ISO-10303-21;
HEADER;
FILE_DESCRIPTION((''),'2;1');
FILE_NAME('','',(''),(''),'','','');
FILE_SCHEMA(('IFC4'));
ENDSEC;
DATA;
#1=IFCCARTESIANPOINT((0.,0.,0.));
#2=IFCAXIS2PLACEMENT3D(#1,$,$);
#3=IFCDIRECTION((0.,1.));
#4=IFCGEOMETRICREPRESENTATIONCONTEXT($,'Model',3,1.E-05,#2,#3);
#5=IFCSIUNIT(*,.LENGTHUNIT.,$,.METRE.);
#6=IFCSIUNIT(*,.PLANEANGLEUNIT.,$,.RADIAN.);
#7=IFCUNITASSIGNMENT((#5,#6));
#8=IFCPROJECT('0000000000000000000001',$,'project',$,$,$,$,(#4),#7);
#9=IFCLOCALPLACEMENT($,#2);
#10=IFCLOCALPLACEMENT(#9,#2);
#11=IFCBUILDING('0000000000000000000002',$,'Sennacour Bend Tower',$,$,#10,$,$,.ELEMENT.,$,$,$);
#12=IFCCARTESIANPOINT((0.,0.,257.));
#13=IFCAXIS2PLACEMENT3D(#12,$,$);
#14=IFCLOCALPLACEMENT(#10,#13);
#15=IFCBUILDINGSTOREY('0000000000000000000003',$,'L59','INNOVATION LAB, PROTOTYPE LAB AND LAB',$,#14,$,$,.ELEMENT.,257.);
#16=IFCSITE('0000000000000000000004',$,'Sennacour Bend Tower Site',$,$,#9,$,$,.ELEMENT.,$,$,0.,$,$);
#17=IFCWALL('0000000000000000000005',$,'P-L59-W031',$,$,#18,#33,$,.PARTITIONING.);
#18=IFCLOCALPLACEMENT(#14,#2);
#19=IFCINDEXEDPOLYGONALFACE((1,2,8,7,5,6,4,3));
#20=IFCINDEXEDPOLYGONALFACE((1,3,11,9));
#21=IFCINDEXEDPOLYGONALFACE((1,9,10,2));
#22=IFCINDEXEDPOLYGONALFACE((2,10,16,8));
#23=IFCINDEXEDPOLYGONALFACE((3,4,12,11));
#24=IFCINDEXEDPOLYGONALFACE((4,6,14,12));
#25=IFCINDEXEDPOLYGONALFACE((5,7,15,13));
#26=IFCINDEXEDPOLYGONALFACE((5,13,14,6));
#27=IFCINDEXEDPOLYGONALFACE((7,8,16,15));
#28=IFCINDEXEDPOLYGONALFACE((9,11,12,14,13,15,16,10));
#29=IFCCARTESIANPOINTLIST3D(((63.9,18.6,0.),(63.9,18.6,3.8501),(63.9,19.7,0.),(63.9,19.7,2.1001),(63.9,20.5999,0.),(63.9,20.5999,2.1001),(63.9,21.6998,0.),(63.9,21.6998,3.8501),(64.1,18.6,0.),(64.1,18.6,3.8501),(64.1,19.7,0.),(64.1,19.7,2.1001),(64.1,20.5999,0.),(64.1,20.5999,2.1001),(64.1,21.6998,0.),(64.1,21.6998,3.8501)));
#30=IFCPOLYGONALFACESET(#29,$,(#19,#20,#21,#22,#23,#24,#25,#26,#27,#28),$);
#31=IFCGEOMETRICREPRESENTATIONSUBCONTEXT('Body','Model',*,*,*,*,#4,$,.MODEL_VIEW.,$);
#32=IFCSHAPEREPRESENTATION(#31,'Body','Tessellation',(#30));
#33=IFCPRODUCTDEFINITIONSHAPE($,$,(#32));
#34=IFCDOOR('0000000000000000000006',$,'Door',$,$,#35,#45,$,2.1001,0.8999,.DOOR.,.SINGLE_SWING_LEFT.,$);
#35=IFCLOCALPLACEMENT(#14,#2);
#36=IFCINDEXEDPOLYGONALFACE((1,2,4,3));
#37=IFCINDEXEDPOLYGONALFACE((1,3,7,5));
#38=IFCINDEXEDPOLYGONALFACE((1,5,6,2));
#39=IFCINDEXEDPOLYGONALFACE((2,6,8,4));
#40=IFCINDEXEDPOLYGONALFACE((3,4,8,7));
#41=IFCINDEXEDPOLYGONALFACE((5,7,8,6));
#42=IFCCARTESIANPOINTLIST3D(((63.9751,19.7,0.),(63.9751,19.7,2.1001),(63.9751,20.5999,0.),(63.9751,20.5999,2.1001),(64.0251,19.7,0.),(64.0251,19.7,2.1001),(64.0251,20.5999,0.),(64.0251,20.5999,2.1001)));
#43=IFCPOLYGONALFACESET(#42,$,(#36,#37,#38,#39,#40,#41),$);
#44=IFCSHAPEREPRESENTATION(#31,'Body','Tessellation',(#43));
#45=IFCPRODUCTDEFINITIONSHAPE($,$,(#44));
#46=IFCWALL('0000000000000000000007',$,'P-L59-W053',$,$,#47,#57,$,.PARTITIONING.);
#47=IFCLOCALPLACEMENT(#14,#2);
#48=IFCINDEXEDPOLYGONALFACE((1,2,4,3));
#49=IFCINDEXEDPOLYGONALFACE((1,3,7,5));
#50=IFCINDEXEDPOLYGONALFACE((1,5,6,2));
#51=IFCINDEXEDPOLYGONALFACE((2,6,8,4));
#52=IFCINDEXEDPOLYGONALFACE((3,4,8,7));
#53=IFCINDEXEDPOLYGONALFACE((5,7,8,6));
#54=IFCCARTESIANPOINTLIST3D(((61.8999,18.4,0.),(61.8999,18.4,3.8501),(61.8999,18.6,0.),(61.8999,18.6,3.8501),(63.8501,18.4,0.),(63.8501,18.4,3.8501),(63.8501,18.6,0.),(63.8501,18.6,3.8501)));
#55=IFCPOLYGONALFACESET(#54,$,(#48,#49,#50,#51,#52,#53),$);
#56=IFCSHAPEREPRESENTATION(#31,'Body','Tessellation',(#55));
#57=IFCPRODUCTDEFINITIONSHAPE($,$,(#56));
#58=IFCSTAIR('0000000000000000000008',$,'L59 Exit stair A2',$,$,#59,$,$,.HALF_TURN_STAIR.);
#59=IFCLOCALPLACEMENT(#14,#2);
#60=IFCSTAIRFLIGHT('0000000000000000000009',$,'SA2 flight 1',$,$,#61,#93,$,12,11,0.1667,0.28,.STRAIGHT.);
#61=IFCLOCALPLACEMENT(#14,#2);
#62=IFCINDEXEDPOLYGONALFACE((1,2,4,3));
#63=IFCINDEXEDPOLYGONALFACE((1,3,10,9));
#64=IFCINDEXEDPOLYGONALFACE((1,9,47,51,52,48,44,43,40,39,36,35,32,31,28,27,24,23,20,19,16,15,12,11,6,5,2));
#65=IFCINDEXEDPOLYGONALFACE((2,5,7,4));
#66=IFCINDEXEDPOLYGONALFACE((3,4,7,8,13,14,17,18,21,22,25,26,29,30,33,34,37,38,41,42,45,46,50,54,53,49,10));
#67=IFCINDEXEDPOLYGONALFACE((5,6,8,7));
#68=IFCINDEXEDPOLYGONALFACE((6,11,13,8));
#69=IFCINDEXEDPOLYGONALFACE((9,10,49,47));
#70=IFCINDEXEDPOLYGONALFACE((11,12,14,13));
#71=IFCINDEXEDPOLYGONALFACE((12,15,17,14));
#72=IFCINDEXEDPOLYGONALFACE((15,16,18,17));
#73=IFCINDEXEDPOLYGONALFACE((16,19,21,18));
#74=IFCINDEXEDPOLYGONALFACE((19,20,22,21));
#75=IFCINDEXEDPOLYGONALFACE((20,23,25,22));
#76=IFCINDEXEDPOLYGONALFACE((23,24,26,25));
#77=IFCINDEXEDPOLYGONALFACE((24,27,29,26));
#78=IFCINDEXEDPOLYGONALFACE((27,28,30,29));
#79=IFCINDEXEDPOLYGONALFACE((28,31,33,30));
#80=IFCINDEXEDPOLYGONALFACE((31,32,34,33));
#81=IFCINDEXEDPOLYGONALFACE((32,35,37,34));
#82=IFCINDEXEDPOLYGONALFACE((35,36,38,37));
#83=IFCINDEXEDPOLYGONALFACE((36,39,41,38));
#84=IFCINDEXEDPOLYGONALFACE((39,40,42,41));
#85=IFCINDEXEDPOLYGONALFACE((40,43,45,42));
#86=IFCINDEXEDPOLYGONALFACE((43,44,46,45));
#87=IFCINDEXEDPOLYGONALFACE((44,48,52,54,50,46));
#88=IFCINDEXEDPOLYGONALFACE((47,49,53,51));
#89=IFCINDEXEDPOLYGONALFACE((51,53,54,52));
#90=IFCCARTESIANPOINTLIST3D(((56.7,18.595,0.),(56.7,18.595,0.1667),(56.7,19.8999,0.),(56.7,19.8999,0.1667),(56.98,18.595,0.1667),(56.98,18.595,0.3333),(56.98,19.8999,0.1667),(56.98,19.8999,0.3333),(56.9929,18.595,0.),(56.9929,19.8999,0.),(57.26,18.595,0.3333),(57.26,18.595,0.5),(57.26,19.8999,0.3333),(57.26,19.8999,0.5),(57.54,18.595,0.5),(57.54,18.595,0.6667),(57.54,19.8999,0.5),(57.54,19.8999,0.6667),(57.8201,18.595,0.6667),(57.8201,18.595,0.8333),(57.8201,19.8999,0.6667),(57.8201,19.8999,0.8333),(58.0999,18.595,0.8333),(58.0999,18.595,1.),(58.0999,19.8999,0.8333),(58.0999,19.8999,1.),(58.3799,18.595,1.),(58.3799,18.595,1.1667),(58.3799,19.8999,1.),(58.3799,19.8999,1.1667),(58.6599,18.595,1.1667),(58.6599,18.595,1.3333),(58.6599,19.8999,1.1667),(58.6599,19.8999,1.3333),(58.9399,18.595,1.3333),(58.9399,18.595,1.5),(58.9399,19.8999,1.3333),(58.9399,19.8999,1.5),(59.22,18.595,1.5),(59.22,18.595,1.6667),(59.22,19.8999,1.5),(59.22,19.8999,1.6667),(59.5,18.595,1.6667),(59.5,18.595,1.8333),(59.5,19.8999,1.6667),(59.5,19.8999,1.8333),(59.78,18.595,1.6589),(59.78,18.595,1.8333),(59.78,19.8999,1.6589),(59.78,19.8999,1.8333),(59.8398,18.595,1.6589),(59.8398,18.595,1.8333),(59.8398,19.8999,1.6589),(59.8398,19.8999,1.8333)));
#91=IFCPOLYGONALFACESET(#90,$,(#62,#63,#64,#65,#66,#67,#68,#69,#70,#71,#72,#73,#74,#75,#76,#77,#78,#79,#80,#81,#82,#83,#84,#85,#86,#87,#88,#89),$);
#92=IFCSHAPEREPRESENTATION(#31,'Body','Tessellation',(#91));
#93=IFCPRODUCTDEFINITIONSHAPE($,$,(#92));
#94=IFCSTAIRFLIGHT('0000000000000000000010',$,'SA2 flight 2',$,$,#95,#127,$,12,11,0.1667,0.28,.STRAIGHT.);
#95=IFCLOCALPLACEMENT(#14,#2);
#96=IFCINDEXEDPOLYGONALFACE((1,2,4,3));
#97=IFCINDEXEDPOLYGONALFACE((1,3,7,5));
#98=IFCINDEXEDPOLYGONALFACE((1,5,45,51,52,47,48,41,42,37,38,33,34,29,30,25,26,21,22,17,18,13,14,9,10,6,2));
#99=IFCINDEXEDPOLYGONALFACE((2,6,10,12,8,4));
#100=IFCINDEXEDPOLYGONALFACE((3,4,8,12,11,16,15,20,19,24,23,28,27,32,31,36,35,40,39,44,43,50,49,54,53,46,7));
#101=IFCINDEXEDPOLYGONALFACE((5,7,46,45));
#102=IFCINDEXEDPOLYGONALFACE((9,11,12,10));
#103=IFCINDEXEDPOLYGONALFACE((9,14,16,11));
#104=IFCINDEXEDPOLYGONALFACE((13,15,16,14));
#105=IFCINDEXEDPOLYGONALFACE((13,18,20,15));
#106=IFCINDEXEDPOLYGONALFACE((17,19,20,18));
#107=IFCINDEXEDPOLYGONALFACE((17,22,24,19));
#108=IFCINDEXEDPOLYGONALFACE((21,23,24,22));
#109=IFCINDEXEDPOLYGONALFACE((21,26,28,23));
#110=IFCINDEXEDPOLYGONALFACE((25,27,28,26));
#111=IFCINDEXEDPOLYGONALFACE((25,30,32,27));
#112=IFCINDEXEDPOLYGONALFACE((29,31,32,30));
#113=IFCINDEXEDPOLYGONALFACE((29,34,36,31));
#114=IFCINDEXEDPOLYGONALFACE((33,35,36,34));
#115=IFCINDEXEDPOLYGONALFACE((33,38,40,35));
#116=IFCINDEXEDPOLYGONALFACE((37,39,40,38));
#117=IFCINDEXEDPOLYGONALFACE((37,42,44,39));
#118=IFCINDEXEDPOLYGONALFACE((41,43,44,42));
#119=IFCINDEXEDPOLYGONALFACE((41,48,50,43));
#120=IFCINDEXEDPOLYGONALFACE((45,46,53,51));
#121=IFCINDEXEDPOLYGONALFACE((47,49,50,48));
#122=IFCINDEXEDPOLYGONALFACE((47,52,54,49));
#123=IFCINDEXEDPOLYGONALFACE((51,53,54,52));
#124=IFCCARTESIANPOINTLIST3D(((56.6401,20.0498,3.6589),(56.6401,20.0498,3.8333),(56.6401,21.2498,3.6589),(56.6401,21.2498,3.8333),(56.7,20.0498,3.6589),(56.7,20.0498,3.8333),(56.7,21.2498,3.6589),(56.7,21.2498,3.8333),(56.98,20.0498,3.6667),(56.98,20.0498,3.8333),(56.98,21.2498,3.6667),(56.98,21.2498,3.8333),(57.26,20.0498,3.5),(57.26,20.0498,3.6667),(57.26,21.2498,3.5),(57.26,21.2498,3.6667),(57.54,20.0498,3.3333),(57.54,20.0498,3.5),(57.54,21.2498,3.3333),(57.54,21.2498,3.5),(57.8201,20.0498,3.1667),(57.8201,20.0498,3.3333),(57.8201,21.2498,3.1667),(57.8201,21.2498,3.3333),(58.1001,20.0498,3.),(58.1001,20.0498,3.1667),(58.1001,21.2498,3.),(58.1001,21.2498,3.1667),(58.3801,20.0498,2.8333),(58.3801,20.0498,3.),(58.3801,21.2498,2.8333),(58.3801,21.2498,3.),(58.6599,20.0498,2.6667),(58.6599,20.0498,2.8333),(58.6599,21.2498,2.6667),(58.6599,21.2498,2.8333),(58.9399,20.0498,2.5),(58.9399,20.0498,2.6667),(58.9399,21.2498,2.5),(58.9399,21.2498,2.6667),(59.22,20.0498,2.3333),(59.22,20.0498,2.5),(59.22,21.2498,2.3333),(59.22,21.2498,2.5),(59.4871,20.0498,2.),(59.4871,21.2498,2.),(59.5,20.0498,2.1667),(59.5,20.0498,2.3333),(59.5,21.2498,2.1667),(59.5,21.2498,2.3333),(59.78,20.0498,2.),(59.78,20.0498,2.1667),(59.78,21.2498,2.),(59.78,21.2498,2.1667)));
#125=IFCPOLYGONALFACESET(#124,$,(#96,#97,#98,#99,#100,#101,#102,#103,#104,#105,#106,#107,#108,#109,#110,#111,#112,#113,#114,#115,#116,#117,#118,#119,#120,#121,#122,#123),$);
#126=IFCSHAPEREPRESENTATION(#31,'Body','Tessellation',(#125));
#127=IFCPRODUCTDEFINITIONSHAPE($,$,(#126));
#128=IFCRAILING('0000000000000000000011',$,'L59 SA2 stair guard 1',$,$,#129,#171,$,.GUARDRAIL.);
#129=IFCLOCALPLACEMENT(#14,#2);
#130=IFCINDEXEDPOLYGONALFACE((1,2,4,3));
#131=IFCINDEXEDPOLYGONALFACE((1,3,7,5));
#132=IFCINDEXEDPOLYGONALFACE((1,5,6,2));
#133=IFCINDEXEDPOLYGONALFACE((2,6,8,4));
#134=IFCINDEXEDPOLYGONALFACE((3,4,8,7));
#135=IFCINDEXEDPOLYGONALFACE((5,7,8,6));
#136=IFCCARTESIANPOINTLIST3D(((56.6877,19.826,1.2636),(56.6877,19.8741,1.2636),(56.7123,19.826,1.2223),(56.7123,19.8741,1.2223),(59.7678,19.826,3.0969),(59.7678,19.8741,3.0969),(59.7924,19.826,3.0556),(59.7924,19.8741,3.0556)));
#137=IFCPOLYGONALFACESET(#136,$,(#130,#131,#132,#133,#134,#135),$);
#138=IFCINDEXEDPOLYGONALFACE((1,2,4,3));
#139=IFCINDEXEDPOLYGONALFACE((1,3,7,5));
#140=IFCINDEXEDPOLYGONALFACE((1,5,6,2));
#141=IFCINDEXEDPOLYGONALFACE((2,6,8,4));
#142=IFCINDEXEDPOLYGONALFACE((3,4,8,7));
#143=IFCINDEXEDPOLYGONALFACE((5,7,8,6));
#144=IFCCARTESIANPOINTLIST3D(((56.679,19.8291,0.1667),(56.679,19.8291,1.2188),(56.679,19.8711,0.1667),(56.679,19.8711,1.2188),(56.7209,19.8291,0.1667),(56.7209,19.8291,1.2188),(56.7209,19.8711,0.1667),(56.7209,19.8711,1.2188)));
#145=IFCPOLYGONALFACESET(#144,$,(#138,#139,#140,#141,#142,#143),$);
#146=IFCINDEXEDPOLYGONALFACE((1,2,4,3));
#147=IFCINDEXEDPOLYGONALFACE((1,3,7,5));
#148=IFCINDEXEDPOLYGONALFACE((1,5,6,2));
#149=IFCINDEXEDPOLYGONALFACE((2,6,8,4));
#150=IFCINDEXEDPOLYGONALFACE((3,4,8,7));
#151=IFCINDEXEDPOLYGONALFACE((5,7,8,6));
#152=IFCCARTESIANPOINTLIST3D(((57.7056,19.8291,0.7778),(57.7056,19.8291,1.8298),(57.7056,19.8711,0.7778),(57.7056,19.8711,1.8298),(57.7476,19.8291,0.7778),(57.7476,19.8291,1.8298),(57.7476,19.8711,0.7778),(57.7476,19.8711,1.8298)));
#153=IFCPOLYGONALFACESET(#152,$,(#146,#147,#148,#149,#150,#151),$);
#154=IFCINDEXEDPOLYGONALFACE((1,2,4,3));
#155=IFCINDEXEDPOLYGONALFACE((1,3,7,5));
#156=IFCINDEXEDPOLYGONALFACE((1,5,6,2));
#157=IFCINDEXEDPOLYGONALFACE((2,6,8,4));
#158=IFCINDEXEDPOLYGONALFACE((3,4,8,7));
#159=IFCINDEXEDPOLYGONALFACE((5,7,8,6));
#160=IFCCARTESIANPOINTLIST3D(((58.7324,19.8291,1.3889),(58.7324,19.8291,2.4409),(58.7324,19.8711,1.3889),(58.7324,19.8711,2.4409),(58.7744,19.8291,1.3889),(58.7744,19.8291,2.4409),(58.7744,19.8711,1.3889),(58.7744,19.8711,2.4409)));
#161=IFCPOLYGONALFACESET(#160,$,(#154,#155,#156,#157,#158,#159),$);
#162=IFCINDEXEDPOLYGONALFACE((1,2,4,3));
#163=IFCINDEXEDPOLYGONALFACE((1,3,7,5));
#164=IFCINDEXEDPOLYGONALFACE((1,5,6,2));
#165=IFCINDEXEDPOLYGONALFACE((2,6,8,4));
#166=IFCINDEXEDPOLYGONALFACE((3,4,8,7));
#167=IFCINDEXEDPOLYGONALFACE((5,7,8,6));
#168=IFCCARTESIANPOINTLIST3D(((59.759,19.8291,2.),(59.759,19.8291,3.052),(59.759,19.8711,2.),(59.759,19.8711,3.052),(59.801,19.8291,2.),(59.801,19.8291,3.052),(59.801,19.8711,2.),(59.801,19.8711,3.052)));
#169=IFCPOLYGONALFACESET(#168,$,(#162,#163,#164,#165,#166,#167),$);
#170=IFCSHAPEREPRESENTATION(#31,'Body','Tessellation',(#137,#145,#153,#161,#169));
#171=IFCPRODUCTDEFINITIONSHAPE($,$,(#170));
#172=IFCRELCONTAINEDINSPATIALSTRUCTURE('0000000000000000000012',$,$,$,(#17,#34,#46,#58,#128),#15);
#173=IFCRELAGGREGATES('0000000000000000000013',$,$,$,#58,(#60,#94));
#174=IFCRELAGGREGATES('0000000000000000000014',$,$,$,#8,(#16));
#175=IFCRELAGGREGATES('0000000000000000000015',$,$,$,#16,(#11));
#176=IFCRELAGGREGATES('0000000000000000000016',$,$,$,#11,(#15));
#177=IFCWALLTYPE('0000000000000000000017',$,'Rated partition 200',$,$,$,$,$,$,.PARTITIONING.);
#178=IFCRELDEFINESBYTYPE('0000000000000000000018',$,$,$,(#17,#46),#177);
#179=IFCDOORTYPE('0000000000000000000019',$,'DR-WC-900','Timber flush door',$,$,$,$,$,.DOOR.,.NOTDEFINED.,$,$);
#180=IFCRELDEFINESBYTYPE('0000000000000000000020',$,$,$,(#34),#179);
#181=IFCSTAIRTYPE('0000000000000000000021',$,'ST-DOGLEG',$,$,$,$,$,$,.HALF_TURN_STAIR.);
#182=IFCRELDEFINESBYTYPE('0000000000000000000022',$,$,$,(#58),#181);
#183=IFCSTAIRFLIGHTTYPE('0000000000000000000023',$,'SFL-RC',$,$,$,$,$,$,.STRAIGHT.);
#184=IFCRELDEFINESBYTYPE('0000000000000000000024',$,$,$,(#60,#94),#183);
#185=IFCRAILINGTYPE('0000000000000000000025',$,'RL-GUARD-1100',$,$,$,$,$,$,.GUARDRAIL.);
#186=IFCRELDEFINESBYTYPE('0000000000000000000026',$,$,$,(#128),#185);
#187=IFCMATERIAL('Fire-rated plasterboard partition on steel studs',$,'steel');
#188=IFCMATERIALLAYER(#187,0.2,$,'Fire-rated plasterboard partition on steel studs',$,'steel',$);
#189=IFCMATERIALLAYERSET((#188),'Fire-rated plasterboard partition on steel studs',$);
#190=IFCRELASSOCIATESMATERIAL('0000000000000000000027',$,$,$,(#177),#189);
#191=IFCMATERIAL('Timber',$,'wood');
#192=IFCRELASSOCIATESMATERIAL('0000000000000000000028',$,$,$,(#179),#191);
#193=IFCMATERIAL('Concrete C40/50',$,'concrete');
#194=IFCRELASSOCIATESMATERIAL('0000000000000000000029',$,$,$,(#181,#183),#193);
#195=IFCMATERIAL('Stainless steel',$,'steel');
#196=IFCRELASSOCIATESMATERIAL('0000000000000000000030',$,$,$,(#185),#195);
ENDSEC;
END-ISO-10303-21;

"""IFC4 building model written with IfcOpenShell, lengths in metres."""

from ifc_helpers import new_model, si_unit, direction, frame, frame_2d, origin, origin_2d, place, context, subcontext, project, spatial, polyline, rectangle, outline, extrude, material, layer, layer_set, type_object, element, fill, aggregate, save


model = new_model("IFC4")

# Units and contexts
model_context = context("Model", 3, precision=1e-05, world=origin(), true_north=direction((0.0, 1.0)))
body_context = subcontext(model_context, "Body", "Model", "MODEL_VIEW")
ifc_project = project(units=[si_unit("LENGTHUNIT", "METRE"), si_unit("PLANEANGLEUNIT", "RADIAN")], contexts=[model_context])

# Site, building, storey
site_placement = place(None, origin())
site = spatial("IfcSite", under=ifc_project, at=site_placement, Name="Sennacour Bend Tower Site", CompositionType="ELEMENT", RefElevation=0.0)
building_placement = place(site_placement, origin())
building = spatial("IfcBuilding", under=site, at=building_placement, Name="Sennacour Bend Tower", CompositionType="ELEMENT")
storey_placement = place(building_placement, frame((0.0, 0.0, 257.0)))
storey = spatial("IfcBuildingStorey", under=building, at=storey_placement, Name="L59", Description="INNOVATION LAB, PROTOTYPE LAB AND LAB", CompositionType="ELEMENT", Elevation=257.0)

# Wall, opening, door
ifc_material_1 = material(Name="Fire-rated plasterboard partition on steel studs", Category="steel")
ifc_layer = layer(ifc_material_1, 0.2, Name="Fire-rated plasterboard partition on steel studs", Category="steel")
ifc_layer_set = layer_set([ifc_layer], Name="Fire-rated plasterboard partition on steel studs")
wall_type = type_object("IfcWallType", Name="Rated partition 200", PredefinedType="PARTITIONING", material=ifc_layer_set)
wall_1_placement = place(storey_placement, frame((64.0, 18.6001, 0.0), z_axis=(0.0, 0.0, 1.0), x_axis=(0.0, 1.0, 0.0)))
wall_1 = element("IfcWall", 1, at=wall_1_placement, inside=storey, type_object=wall_type, Name="P-L59-W031", PredefinedType="PARTITIONING", context=body_context, shape_type="SweptSolid", body=[
    extrude(rectangle(XDim=3.0999, YDim=0.2, at=frame_2d((1.5498, 0.0))), origin(), (0.0, 0.0, 1.0), 3.8501),
])
opening_placement = place(wall_1_placement, frame((1.0999, 0.0, 0.0)))
opening = element("IfcOpeningElement", 2, at=opening_placement, cuts=wall_1, PredefinedType="OPENING", context=body_context, shape_type="SweptSolid", body=[
    extrude(rectangle(XDim=0.8999, YDim=2.1001, at=frame_2d((0.45, 1.05))), frame((0.0, 0.1099, 0.0), z_axis=(0.0, -1.0, 0.0), x_axis=(1.0, 0.0, 0.0)), (0.0, 0.0, 1.0), 0.22),
])
ifc_material_2 = material(Name="Timber", Category="wood")
door_type = type_object("IfcDoorType", Name="DR-WC-900", Description="Timber flush door", OperationType="NOTDEFINED", PredefinedType="DOOR", material=ifc_material_2)
door_placement = place(opening_placement, origin())
door = element("IfcDoor", 3, at=door_placement, inside=storey, type_object=door_type, Name="Door", OperationType="SINGLE_SWING_LEFT", OverallHeight=2.1001, OverallWidth=0.8999, PredefinedType="DOOR", context=body_context, shape_type="SweptSolid", body=[
    extrude(rectangle(XDim=0.8999, YDim=2.1001, at=frame_2d((0.45, 1.05))), frame((0.0, 0.0249, 0.0), z_axis=(0.0, -1.0, 0.0), x_axis=(1.0, 0.0, 0.0)), (0.0, 0.0, 1.0), 0.05),
])
fill(opening, door)

# Wall
wall_2_placement = place(storey_placement, frame((61.8999, 18.5, 0.0), z_axis=(0.0, 0.0, 1.0), x_axis=(1.0, 0.0, 0.0)))
element("IfcWall", 4, at=wall_2_placement, inside=storey, type_object=wall_type, Name="P-L59-W053", PredefinedType="PARTITIONING", context=body_context, shape_type="SweptSolid", body=[
    extrude(rectangle(XDim=1.9502, YDim=0.2, at=frame_2d((0.9751, 0.0))), origin(), (0.0, 0.0, 1.0), 3.8501),
])

# Stair, stair flights
ifc_material_3 = material(Name="Concrete C40/50", Category="concrete")
stair_type = type_object("IfcStairType", Name="ST-DOGLEG", PredefinedType="HALF_TURN_STAIR", material=ifc_material_3)
stair_placement = place(storey_placement, origin())
stair = element("IfcStair", 5, at=stair_placement, inside=storey, type_object=stair_type, Name="L59 Exit stair A2", PredefinedType="HALF_TURN_STAIR")
stair_flight_type = type_object("IfcStairFlightType", Name="SFL-RC", PredefinedType="STRAIGHT", material=ifc_material_3)
stair_flight_1_placement = place(storey_placement, frame((56.7, 19.2476, 0.0), z_axis=(0.0, 0.0, 1.0), x_axis=(1.0, 0.0, 0.0)))
stair_flight_1 = element("IfcStairFlight", 6, at=stair_flight_1_placement, type_object=stair_flight_type, Name="SA2 flight 1", NumberOfRisers=12, NumberOfTreads=11, PredefinedType="STRAIGHT", RiserHeight=0.1667, TreadLength=0.28, context=body_context, shape_type="SweptSolid", body=[
    extrude(outline(polyline([(0.0, 0.0), (0.0, 0.1667), (0.28, 0.1667), (0.28, 0.3333), (0.5601, 0.3333), (0.5601, 0.5), (0.8401, 0.5), (0.8401, 0.6667), (1.1201, 0.6667), (1.1201, 0.8333), (1.3999, 0.8333), (1.3999, 1.0), (1.6799, 1.0), (1.6799, 1.1667), (1.96, 1.1667), (1.96, 1.3333), (2.24, 1.3333), (2.24, 1.5), (2.52, 1.5), (2.52, 1.6667), (2.8, 1.6667), (2.8, 1.8333), (3.0801, 1.8333), (3.1399, 1.8333), (3.1399, 1.6589), (3.0801, 1.6589), (0.293, 0.0), (0.0, 0.0)])), frame((0.0, 0.6523, 0.0), z_axis=(0.0, -1.0, 0.0), x_axis=(1.0, 0.0, 0.0)), (0.0, 0.0, 1.0), 1.3049),
])
stair_flight_2_placement = place(storey_placement, frame((59.78, 20.6499, 2.0), z_axis=(0.0, 0.0, 1.0), x_axis=(-1.0, 0.0, 0.0)))
stair_flight_2 = element("IfcStairFlight", 7, at=stair_flight_2_placement, type_object=stair_flight_type, Name="SA2 flight 2", NumberOfRisers=12, NumberOfTreads=11, PredefinedType="STRAIGHT", RiserHeight=0.1667, TreadLength=0.28, context=body_context, shape_type="SweptSolid", body=[
    extrude(outline(polyline([(0.0, 0.0), (0.0, 0.1667), (0.28, 0.1667), (0.28, 0.3333), (0.5601, 0.3333), (0.5601, 0.5), (0.8401, 0.5), (0.8401, 0.6667), (1.1201, 0.6667), (1.1201, 0.8333), (1.3999, 0.8333), (1.3999, 1.0), (1.6799, 1.0), (1.6799, 1.1667), (1.96, 1.1667), (1.96, 1.3333), (2.24, 1.3333), (2.24, 1.5), (2.52, 1.5), (2.52, 1.6667), (2.8, 1.6667), (2.8, 1.8333), (3.0801, 1.8333), (3.1399, 1.8333), (3.1399, 1.6589), (3.0801, 1.6589), (0.293, 0.0), (0.0, 0.0)])), frame((0.0, 0.6001, 0.0), z_axis=(0.0, -1.0, 0.0), x_axis=(1.0, 0.0, 0.0)), (0.0, 0.0, 1.0), 1.2),
])
aggregate(stair, [stair_flight_1, stair_flight_2])

# Railing
ifc_material_4 = material(Name="Stainless steel", Category="steel")
railing_type_1 = type_object("IfcRailingType", Name="RL-GUARD-1100", PredefinedType="GUARDRAIL", material=ifc_material_4)
railing_1_placement = place(storey_placement, frame((56.7, 19.8501, 0.1667)))
element("IfcRailing", 8, at=railing_1_placement, inside=storey, type_object=railing_type_1, Name="L59 SA2 stair guard 1", PredefinedType="GUARDRAIL", context=body_context, shape_type="SweptSolid", body=[
    extrude(rectangle(XDim=0.0481, YDim=0.0481, at=origin_2d()), frame((0.0, 0.0, 1.0762), z_axis=(0.859309, 0.0, 0.511458), x_axis=(0.0, 1.0, 0.0)), (0.0, 0.0, 1.0), 3.5845),
    extrude(rectangle(XDim=0.042, YDim=0.042, at=origin_2d()), origin(), (0.0, 0.0, 1.0), 1.052),
    extrude(rectangle(XDim=0.042, YDim=0.042, at=origin_2d()), frame((1.0266, 0.0, 0.6111)), (0.0, 0.0, 1.0), 1.052),
    extrude(rectangle(XDim=0.042, YDim=0.042, at=origin_2d()), frame((2.0535, 0.0, 1.2222)), (0.0, 0.0, 1.0), 1.052),
    extrude(rectangle(XDim=0.042, YDim=0.042, at=origin_2d()), frame((3.0801, 0.0, 1.8333)), (0.0, 0.0, 1.0), 1.052),
])

save(model, "model.ifc")
